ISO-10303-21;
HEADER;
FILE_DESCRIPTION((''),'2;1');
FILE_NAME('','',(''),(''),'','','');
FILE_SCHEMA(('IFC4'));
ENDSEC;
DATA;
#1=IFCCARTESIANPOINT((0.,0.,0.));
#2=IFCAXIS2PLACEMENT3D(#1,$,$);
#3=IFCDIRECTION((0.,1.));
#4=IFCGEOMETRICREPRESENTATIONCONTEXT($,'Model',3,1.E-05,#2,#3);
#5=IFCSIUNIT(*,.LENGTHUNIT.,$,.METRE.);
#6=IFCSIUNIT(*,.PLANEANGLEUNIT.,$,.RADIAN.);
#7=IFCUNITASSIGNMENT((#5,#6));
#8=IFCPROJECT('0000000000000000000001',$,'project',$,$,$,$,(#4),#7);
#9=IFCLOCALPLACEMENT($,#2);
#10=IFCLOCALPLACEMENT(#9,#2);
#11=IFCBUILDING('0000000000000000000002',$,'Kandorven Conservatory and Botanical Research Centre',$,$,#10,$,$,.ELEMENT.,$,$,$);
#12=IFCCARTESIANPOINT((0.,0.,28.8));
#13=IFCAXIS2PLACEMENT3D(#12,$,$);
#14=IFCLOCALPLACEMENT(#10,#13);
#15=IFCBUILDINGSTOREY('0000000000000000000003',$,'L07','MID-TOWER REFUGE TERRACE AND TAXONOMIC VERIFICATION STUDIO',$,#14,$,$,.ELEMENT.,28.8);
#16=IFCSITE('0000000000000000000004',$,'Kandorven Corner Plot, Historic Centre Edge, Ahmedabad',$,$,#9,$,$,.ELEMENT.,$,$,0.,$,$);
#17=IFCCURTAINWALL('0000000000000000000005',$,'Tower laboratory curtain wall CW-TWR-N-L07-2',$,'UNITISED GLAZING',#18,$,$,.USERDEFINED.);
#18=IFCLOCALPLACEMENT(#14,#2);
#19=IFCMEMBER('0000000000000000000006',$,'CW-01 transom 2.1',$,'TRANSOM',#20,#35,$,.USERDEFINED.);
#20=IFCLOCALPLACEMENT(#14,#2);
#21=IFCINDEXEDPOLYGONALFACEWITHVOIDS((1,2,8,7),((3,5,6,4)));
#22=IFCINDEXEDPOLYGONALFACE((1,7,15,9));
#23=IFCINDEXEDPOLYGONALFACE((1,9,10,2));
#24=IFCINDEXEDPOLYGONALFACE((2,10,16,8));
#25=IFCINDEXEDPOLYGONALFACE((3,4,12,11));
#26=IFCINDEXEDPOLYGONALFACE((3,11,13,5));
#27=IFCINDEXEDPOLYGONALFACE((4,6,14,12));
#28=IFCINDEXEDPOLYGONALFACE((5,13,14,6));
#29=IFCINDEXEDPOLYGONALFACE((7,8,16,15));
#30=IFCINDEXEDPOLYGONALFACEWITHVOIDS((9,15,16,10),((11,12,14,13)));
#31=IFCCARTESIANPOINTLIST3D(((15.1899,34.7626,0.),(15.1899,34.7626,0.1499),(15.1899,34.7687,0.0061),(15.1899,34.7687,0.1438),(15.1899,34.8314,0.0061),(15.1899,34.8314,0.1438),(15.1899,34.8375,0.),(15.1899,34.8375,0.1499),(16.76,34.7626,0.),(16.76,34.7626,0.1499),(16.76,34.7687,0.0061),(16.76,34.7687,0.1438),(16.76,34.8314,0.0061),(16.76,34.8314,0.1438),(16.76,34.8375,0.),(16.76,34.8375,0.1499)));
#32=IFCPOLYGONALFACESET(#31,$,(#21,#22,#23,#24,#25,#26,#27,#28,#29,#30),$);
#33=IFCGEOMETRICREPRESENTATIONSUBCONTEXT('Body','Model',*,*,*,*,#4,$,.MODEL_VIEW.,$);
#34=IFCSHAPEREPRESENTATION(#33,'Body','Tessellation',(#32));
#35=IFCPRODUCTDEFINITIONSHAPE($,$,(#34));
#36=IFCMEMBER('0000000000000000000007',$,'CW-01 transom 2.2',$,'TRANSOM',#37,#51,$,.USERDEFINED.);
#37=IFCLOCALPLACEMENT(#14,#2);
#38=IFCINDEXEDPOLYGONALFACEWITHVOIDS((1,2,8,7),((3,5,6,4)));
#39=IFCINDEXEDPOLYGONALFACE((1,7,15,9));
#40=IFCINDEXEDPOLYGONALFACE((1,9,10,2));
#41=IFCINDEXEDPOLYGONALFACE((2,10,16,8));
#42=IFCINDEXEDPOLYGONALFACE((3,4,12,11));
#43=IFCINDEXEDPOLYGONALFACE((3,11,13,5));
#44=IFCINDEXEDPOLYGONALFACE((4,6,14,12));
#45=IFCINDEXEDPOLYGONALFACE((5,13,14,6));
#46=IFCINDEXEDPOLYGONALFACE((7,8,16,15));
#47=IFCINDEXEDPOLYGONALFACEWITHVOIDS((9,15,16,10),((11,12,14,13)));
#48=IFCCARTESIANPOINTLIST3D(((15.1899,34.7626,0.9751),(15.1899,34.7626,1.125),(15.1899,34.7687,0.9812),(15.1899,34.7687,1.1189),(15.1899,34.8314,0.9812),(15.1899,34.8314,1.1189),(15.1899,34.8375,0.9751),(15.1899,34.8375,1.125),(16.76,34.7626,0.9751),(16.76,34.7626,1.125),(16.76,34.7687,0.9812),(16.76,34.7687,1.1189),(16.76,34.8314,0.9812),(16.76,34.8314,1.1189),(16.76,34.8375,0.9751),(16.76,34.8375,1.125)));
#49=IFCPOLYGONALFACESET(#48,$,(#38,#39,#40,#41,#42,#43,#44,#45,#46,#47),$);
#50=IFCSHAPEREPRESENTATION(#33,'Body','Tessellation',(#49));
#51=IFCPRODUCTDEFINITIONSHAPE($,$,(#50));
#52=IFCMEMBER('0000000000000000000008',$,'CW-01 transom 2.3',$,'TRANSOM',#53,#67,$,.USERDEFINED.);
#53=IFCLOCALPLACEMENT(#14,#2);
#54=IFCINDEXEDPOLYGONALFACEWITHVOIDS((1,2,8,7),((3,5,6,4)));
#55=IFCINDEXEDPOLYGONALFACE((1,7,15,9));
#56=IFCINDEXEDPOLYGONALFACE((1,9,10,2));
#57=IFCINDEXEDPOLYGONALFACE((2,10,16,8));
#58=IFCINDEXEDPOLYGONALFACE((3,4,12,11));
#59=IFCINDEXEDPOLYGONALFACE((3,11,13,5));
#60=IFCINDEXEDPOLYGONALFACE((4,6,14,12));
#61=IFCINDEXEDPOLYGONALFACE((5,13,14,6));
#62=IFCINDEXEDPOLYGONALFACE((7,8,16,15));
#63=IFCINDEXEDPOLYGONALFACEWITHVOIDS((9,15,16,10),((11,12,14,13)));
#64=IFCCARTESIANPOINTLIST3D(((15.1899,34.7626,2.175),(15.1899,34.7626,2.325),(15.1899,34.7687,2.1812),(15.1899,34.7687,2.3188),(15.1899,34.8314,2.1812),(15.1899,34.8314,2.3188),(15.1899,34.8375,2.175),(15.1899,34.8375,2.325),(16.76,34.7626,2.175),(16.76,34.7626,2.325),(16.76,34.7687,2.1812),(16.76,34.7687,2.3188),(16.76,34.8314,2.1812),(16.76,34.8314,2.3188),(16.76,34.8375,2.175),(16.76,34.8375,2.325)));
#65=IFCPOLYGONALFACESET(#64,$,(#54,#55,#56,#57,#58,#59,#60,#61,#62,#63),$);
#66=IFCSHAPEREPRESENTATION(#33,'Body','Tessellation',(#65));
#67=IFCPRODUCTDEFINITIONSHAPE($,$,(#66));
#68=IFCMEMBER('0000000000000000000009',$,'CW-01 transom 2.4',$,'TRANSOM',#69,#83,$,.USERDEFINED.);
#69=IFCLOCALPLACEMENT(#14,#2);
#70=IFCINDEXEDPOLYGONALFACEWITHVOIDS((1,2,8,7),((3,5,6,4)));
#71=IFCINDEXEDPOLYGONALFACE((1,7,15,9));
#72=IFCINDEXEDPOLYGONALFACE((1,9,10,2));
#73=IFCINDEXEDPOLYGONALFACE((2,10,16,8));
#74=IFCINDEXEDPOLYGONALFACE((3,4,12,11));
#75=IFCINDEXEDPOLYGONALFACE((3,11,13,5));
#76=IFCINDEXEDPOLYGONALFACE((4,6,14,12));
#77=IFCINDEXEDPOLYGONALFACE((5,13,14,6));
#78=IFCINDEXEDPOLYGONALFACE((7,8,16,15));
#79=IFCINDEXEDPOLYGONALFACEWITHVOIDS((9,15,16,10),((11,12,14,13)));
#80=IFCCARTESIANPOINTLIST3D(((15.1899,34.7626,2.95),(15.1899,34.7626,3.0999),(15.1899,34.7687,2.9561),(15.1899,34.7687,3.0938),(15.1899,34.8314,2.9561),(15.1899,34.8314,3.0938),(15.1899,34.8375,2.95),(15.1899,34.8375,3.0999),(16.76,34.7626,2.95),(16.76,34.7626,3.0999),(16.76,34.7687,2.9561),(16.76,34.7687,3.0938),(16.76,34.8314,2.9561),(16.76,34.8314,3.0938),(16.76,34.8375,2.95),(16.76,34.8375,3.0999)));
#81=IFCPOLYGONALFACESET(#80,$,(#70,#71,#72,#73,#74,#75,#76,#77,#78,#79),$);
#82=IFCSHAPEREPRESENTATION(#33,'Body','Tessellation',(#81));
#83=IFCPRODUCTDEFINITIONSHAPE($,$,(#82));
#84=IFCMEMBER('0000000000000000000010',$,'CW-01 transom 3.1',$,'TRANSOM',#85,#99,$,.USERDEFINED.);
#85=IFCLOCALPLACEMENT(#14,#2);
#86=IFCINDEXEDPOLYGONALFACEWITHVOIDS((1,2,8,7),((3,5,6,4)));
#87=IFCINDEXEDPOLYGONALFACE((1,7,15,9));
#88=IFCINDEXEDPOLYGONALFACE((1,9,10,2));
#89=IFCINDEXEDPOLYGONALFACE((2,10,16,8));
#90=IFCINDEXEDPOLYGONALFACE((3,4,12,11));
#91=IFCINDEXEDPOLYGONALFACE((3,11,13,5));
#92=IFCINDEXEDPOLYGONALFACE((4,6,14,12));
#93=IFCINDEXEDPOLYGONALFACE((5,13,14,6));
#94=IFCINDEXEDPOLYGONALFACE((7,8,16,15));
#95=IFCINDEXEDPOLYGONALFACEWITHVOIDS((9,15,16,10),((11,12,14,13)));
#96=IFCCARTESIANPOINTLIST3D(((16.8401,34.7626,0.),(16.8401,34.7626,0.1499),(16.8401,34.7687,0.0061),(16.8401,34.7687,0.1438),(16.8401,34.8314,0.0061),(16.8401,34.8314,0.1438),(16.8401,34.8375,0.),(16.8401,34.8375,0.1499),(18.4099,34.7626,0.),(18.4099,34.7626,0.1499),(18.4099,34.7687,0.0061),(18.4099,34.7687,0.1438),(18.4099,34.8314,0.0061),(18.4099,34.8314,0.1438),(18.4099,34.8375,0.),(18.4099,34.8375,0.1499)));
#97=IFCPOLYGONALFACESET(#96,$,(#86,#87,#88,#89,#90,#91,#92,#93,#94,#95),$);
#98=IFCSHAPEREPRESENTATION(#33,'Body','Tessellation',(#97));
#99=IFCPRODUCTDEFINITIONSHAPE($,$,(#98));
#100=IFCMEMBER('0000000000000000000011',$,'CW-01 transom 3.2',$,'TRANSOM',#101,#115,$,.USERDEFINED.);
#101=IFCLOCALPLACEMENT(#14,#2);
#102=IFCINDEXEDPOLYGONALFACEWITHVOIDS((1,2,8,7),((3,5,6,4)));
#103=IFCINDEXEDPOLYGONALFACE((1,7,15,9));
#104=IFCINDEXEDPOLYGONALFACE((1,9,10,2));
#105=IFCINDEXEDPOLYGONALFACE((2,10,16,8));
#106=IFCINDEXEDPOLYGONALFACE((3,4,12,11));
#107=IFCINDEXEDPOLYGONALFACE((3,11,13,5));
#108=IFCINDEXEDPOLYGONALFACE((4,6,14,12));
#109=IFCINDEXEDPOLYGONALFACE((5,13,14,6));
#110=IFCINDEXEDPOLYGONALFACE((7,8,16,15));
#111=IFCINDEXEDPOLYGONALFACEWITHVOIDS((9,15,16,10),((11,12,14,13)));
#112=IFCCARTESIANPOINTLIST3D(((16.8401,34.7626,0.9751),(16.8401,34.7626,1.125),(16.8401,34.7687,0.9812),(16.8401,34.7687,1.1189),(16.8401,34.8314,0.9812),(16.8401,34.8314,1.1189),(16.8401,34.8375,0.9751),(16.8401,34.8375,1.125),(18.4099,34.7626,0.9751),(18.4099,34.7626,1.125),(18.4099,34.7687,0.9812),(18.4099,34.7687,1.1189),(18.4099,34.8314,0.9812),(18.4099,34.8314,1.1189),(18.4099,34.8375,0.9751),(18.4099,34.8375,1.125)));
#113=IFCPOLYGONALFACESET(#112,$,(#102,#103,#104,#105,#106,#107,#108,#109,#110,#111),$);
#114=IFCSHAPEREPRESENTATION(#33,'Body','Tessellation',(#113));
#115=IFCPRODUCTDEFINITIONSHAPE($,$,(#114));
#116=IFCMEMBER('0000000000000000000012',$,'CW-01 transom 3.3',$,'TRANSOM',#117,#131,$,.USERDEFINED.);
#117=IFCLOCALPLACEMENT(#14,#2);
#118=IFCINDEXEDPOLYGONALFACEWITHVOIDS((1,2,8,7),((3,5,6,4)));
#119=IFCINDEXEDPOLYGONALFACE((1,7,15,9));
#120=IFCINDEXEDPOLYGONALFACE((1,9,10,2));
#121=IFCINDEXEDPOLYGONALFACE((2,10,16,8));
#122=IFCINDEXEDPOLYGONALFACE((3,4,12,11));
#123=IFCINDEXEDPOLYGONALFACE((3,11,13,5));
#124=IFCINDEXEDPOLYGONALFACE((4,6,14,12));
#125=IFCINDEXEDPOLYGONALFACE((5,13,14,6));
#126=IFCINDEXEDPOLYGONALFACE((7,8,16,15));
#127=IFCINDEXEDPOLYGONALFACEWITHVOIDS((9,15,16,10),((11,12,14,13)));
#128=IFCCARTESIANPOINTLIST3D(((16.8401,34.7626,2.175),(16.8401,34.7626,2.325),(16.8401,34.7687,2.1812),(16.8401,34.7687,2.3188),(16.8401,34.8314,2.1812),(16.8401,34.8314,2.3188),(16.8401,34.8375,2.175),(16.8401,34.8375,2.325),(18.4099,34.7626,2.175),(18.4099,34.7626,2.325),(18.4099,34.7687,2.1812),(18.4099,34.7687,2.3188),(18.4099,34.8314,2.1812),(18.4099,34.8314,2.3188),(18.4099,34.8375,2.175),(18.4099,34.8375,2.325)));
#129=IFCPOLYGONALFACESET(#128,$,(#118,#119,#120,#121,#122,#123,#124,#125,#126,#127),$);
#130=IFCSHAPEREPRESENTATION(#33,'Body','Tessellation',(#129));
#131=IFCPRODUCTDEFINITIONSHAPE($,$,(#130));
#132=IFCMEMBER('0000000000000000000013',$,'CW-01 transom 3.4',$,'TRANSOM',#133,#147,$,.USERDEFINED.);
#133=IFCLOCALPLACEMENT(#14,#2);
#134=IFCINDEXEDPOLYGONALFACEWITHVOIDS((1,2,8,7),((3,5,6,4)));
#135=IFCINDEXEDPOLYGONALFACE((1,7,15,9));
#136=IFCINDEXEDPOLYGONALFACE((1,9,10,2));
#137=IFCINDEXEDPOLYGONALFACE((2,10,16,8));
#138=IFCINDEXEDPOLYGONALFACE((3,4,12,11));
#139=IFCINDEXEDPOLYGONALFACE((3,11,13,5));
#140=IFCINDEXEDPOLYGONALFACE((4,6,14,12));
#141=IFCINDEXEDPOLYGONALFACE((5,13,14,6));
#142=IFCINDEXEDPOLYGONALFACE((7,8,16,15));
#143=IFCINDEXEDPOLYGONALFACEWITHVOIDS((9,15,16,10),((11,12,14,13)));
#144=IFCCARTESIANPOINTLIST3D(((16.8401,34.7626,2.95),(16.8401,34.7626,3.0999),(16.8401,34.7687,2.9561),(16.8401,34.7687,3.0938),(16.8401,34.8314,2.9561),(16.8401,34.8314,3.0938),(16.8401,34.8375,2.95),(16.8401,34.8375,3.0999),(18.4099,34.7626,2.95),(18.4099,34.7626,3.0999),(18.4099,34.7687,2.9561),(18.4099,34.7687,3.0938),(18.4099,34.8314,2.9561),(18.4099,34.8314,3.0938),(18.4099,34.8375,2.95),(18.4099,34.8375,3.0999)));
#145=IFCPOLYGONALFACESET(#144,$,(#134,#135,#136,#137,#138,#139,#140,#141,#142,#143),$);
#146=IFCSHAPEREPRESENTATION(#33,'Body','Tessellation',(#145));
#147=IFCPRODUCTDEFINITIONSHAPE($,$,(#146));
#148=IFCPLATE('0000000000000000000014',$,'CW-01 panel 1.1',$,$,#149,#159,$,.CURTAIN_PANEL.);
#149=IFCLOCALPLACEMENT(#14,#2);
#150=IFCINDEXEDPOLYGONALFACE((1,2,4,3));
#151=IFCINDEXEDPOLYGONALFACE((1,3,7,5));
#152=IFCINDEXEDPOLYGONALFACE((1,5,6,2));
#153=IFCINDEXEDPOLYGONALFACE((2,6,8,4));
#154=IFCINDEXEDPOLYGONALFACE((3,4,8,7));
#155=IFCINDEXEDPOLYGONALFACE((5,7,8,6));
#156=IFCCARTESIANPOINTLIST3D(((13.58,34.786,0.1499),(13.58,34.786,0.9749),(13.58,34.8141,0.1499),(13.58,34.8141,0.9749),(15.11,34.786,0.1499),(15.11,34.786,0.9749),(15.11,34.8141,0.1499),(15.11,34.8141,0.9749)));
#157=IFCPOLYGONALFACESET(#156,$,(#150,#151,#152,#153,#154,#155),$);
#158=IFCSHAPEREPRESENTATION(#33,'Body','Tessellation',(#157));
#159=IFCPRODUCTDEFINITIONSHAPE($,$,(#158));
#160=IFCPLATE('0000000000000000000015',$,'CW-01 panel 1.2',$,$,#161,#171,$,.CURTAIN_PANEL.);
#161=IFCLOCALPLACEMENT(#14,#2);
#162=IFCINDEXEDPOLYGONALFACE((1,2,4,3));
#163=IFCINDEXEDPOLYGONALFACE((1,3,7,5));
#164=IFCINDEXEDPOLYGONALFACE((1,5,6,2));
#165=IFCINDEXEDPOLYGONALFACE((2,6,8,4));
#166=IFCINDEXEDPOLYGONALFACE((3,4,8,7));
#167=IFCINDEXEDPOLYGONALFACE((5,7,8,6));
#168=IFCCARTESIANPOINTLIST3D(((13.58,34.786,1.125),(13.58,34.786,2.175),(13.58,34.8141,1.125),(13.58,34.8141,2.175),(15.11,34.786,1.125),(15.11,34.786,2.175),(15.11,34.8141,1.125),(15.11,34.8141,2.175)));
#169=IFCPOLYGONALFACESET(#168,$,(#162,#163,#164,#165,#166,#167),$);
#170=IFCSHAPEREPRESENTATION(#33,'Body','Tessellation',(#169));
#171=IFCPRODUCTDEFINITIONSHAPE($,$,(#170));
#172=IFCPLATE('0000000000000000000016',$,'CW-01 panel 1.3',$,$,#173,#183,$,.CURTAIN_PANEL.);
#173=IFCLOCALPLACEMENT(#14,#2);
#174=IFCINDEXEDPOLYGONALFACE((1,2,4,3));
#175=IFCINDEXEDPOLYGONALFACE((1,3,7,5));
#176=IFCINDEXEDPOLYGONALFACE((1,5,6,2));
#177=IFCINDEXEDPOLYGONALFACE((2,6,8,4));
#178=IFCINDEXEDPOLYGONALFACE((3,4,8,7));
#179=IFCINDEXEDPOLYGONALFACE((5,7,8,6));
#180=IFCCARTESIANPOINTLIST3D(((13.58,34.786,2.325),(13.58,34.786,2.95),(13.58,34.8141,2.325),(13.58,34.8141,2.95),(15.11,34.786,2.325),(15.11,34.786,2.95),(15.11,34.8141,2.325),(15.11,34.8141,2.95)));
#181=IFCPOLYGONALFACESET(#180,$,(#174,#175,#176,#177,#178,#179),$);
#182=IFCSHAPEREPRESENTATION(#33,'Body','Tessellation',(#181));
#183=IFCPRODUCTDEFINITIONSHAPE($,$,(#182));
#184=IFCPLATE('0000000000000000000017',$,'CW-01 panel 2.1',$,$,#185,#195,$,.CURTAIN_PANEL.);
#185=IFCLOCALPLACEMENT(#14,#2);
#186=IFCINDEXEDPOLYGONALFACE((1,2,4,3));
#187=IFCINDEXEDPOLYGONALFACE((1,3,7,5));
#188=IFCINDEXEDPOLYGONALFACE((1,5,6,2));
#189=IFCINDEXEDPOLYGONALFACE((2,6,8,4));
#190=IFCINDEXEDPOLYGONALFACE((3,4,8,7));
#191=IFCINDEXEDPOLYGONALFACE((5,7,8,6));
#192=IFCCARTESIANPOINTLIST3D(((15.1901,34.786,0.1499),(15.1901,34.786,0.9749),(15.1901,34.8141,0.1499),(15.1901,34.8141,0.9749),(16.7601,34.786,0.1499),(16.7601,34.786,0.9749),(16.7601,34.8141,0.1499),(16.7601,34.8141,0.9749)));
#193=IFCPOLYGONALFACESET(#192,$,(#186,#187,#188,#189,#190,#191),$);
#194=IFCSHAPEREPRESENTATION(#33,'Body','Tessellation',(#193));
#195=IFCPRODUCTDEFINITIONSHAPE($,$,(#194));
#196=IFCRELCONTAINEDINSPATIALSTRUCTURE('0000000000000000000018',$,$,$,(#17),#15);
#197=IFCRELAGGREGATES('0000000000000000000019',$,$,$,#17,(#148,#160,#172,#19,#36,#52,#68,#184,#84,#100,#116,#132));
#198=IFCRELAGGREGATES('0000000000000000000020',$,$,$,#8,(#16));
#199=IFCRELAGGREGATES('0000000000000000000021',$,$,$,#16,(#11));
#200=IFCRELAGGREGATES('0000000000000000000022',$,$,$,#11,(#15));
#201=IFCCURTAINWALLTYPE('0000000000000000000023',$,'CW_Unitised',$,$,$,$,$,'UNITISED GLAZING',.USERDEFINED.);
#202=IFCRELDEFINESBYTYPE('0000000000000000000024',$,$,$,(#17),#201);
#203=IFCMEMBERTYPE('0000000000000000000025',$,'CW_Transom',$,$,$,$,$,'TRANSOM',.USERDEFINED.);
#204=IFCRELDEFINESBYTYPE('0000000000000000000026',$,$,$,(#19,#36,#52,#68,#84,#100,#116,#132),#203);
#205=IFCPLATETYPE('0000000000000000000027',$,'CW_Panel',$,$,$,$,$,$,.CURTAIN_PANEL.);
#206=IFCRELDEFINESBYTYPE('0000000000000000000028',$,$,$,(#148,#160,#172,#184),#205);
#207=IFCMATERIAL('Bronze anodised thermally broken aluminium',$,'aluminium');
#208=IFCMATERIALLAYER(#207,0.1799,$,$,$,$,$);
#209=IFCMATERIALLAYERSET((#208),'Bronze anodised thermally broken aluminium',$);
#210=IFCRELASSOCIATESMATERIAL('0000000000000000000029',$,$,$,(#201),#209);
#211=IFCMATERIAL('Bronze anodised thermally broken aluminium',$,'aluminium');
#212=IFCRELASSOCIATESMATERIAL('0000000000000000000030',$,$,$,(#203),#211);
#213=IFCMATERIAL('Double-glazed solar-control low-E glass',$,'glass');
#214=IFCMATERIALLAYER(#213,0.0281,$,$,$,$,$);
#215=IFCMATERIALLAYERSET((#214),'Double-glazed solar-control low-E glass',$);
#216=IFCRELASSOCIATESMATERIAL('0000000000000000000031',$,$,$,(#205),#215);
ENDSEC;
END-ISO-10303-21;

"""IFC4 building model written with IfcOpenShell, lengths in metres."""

from ifc_helpers import new_model, si_unit, direction, frame, origin, origin_2d, place, context, subcontext, project, spatial, rectangle, hollow_rectangle, extrude, material, layer, layer_set, material_profile, profile_set, type_object, element, aggregate, save


model = new_model("IFC4")

# Units and contexts
model_context = context("Model", 3, precision=1e-05, world=origin(), true_north=direction((0.0, 1.0)))
body_context = subcontext(model_context, "Body", "Model", "MODEL_VIEW")
ifc_project = project(units=[si_unit("LENGTHUNIT", "METRE"), si_unit("PLANEANGLEUNIT", "RADIAN")], contexts=[model_context])

# Site, building, storey
site_placement = place(None, origin())
site = spatial("IfcSite", under=ifc_project, at=site_placement, Name="Kandorven Corner Plot, Historic Centre Edge, Ahmedabad", CompositionType="ELEMENT", RefElevation=0.0)
building_placement = place(site_placement, origin())
building = spatial("IfcBuilding", under=site, at=building_placement, Name="Kandorven Conservatory and Botanical Research Centre", CompositionType="ELEMENT")
storey_placement = place(building_placement, frame((0.0, 0.0, 28.8)))
storey = spatial("IfcBuildingStorey", under=building, at=storey_placement, Name="L07", Description="MID-TOWER REFUGE TERRACE AND TAXONOMIC VERIFICATION STUDIO", CompositionType="ELEMENT", Elevation=28.8)

# Curtain wall, members, plates
ifc_material_1 = material(Name="Bronze anodised thermally broken aluminium", Category="aluminium")
ifc_layer_1 = layer(ifc_material_1, 0.1799)
ifc_layer_set_1 = layer_set([ifc_layer_1], Name="Bronze anodised thermally broken aluminium")
curtain_wall_type = type_object("IfcCurtainWallType", Name="CW_Unitised", ElementType="UNITISED GLAZING", PredefinedType="USERDEFINED", material=ifc_layer_set_1)
curtain_wall_placement = place(storey_placement, origin())
curtain_wall = element("IfcCurtainWall", 1, at=curtain_wall_placement, inside=storey, type_object=curtain_wall_type, Name="Tower laboratory curtain wall CW-TWR-N-L07-2", ObjectType="UNITISED GLAZING", PredefinedType="USERDEFINED")
ifc_material_2 = material(Name="Bronze anodised thermally broken aluminium", Category="aluminium")
ifc_material_profile_1 = material_profile(ifc_material_2, hollow_rectangle(XDim=0.075, YDim=0.1499, WallThickness=0.0061, at=origin_2d()))
ifc_profile_set_1 = profile_set([ifc_material_profile_1], Name="Bronze anodised thermally broken aluminium")
member_type_1 = type_object("IfcMemberType", Name="CW_Transom", ElementType="TRANSOM", PredefinedType="USERDEFINED", material=ifc_profile_set_1)
member_1_placement = place(storey_placement, frame((15.1899, 34.8, 0.075), z_axis=(1.0, 0.0, 0.0), x_axis=(0.0, 1.0, 0.0)))
member_1 = element("IfcMember", 2, at=member_1_placement, type_object=member_type_1, Name="CW-01 transom 2.1", ObjectType="TRANSOM", PredefinedType="USERDEFINED", context=body_context, shape_type="SweptSolid", body=[
    extrude(hollow_rectangle(XDim=0.075, YDim=0.1499, WallThickness=0.0061, at=origin_2d()), origin(), (0.0, 0.0, 1.0), 1.5701),
])
member_2_placement = place(storey_placement, frame((15.1899, 34.8, 1.05), z_axis=(1.0, 0.0, 0.0), x_axis=(0.0, 1.0, 0.0)))
member_2 = element("IfcMember", 3, at=member_2_placement, type_object=member_type_1, Name="CW-01 transom 2.2", ObjectType="TRANSOM", PredefinedType="USERDEFINED", context=body_context, shape_type="SweptSolid", body=[
    extrude(hollow_rectangle(XDim=0.075, YDim=0.1499, WallThickness=0.0061, at=origin_2d()), origin(), (0.0, 0.0, 1.0), 1.5701),
])
member_3_placement = place(storey_placement, frame((15.1899, 34.8, 2.25), z_axis=(1.0, 0.0, 0.0), x_axis=(0.0, 1.0, 0.0)))
member_3 = element("IfcMember", 4, at=member_3_placement, type_object=member_type_1, Name="CW-01 transom 2.3", ObjectType="TRANSOM", PredefinedType="USERDEFINED", context=body_context, shape_type="SweptSolid", body=[
    extrude(hollow_rectangle(XDim=0.075, YDim=0.1499, WallThickness=0.0061, at=origin_2d()), origin(), (0.0, 0.0, 1.0), 1.5701),
])
member_4_placement = place(storey_placement, frame((15.1899, 34.8, 3.0249), z_axis=(1.0, 0.0, 0.0), x_axis=(0.0, 1.0, 0.0)))
member_4 = element("IfcMember", 5, at=member_4_placement, type_object=member_type_1, Name="CW-01 transom 2.4", ObjectType="TRANSOM", PredefinedType="USERDEFINED", context=body_context, shape_type="SweptSolid", body=[
    extrude(hollow_rectangle(XDim=0.075, YDim=0.1499, WallThickness=0.0061, at=origin_2d()), origin(), (0.0, 0.0, 1.0), 1.5701),
])
member_5_placement = place(storey_placement, frame((16.8401, 34.8, 0.075), z_axis=(1.0, 0.0, 0.0), x_axis=(0.0, 1.0, 0.0)))
member_5 = element("IfcMember", 6, at=member_5_placement, type_object=member_type_1, Name="CW-01 transom 3.1", ObjectType="TRANSOM", PredefinedType="USERDEFINED", context=body_context, shape_type="SweptSolid", body=[
    extrude(hollow_rectangle(XDim=0.075, YDim=0.1499, WallThickness=0.0061, at=origin_2d()), origin(), (0.0, 0.0, 1.0), 1.5698),
])
member_6_placement = place(storey_placement, frame((16.8401, 34.8, 1.05), z_axis=(1.0, 0.0, 0.0), x_axis=(0.0, 1.0, 0.0)))
member_6 = element("IfcMember", 7, at=member_6_placement, type_object=member_type_1, Name="CW-01 transom 3.2", ObjectType="TRANSOM", PredefinedType="USERDEFINED", context=body_context, shape_type="SweptSolid", body=[
    extrude(hollow_rectangle(XDim=0.075, YDim=0.1499, WallThickness=0.0061, at=origin_2d()), origin(), (0.0, 0.0, 1.0), 1.5698),
])
member_7_placement = place(storey_placement, frame((16.8401, 34.8, 2.25), z_axis=(1.0, 0.0, 0.0), x_axis=(0.0, 1.0, 0.0)))
member_7 = element("IfcMember", 8, at=member_7_placement, type_object=member_type_1, Name="CW-01 transom 3.3", ObjectType="TRANSOM", PredefinedType="USERDEFINED", context=body_context, shape_type="SweptSolid", body=[
    extrude(hollow_rectangle(XDim=0.075, YDim=0.1499, WallThickness=0.0061, at=origin_2d()), origin(), (0.0, 0.0, 1.0), 1.5698),
])
member_8_placement = place(storey_placement, frame((16.8401, 34.8, 3.0249), z_axis=(1.0, 0.0, 0.0), x_axis=(0.0, 1.0, 0.0)))
member_8 = element("IfcMember", 9, at=member_8_placement, type_object=member_type_1, Name="CW-01 transom 3.4", ObjectType="TRANSOM", PredefinedType="USERDEFINED", context=body_context, shape_type="SweptSolid", body=[
    extrude(hollow_rectangle(XDim=0.075, YDim=0.1499, WallThickness=0.0061, at=origin_2d()), origin(), (0.0, 0.0, 1.0), 1.5698),
])
ifc_material_3 = material(Name="Double-glazed solar-control low-E glass", Category="glass")
ifc_layer_2 = layer(ifc_material_3, 0.0281)
ifc_layer_set_2 = layer_set([ifc_layer_2], Name="Double-glazed solar-control low-E glass")
plate_type = type_object("IfcPlateType", Name="CW_Panel", PredefinedType="CURTAIN_PANEL", material=ifc_layer_set_2)
plate_1_placement = place(storey_placement, frame((14.345, 34.8, 0.1499), z_axis=(0.0, 0.0, 1.0), x_axis=(1.0, 0.0, 0.0)))
plate_1 = element("IfcPlate", 10, at=plate_1_placement, type_object=plate_type, Name="CW-01 panel 1.1", PredefinedType="CURTAIN_PANEL", context=body_context, shape_type="SweptSolid", body=[
    extrude(rectangle(XDim=1.53, YDim=0.0281, at=origin_2d()), origin(), (0.0, 0.0, 1.0), 0.825),
])
plate_2_placement = place(storey_placement, frame((14.345, 34.8, 1.125), z_axis=(0.0, 0.0, 1.0), x_axis=(1.0, 0.0, 0.0)))
plate_2 = element("IfcPlate", 11, at=plate_2_placement, type_object=plate_type, Name="CW-01 panel 1.2", PredefinedType="CURTAIN_PANEL", context=body_context, shape_type="SweptSolid", body=[
    extrude(rectangle(XDim=1.53, YDim=0.0281, at=origin_2d()), origin(), (0.0, 0.0, 1.0), 1.05),
])
plate_3_placement = place(storey_placement, frame((14.345, 34.8, 2.325), z_axis=(0.0, 0.0, 1.0), x_axis=(1.0, 0.0, 0.0)))
plate_3 = element("IfcPlate", 12, at=plate_3_placement, type_object=plate_type, Name="CW-01 panel 1.3", PredefinedType="CURTAIN_PANEL", context=body_context, shape_type="SweptSolid", body=[
    extrude(rectangle(XDim=1.53, YDim=0.0281, at=origin_2d()), origin(), (0.0, 0.0, 1.0), 0.625),
])
plate_4_placement = place(storey_placement, frame((15.9751, 34.8, 0.1499), z_axis=(0.0, 0.0, 1.0), x_axis=(1.0, 0.0, 0.0)))
plate_4 = element("IfcPlate", 13, at=plate_4_placement, type_object=plate_type, Name="CW-01 panel 2.1", PredefinedType="CURTAIN_PANEL", context=body_context, shape_type="SweptSolid", body=[
    extrude(rectangle(XDim=1.5701, YDim=0.0281, at=origin_2d()), origin(), (0.0, 0.0, 1.0), 0.825),
])
aggregate(curtain_wall, [plate_1, plate_2, plate_3, member_1, member_2, member_3, member_4, plate_4, member_5, member_6, member_7, member_8])

save(model, "model.ifc")
